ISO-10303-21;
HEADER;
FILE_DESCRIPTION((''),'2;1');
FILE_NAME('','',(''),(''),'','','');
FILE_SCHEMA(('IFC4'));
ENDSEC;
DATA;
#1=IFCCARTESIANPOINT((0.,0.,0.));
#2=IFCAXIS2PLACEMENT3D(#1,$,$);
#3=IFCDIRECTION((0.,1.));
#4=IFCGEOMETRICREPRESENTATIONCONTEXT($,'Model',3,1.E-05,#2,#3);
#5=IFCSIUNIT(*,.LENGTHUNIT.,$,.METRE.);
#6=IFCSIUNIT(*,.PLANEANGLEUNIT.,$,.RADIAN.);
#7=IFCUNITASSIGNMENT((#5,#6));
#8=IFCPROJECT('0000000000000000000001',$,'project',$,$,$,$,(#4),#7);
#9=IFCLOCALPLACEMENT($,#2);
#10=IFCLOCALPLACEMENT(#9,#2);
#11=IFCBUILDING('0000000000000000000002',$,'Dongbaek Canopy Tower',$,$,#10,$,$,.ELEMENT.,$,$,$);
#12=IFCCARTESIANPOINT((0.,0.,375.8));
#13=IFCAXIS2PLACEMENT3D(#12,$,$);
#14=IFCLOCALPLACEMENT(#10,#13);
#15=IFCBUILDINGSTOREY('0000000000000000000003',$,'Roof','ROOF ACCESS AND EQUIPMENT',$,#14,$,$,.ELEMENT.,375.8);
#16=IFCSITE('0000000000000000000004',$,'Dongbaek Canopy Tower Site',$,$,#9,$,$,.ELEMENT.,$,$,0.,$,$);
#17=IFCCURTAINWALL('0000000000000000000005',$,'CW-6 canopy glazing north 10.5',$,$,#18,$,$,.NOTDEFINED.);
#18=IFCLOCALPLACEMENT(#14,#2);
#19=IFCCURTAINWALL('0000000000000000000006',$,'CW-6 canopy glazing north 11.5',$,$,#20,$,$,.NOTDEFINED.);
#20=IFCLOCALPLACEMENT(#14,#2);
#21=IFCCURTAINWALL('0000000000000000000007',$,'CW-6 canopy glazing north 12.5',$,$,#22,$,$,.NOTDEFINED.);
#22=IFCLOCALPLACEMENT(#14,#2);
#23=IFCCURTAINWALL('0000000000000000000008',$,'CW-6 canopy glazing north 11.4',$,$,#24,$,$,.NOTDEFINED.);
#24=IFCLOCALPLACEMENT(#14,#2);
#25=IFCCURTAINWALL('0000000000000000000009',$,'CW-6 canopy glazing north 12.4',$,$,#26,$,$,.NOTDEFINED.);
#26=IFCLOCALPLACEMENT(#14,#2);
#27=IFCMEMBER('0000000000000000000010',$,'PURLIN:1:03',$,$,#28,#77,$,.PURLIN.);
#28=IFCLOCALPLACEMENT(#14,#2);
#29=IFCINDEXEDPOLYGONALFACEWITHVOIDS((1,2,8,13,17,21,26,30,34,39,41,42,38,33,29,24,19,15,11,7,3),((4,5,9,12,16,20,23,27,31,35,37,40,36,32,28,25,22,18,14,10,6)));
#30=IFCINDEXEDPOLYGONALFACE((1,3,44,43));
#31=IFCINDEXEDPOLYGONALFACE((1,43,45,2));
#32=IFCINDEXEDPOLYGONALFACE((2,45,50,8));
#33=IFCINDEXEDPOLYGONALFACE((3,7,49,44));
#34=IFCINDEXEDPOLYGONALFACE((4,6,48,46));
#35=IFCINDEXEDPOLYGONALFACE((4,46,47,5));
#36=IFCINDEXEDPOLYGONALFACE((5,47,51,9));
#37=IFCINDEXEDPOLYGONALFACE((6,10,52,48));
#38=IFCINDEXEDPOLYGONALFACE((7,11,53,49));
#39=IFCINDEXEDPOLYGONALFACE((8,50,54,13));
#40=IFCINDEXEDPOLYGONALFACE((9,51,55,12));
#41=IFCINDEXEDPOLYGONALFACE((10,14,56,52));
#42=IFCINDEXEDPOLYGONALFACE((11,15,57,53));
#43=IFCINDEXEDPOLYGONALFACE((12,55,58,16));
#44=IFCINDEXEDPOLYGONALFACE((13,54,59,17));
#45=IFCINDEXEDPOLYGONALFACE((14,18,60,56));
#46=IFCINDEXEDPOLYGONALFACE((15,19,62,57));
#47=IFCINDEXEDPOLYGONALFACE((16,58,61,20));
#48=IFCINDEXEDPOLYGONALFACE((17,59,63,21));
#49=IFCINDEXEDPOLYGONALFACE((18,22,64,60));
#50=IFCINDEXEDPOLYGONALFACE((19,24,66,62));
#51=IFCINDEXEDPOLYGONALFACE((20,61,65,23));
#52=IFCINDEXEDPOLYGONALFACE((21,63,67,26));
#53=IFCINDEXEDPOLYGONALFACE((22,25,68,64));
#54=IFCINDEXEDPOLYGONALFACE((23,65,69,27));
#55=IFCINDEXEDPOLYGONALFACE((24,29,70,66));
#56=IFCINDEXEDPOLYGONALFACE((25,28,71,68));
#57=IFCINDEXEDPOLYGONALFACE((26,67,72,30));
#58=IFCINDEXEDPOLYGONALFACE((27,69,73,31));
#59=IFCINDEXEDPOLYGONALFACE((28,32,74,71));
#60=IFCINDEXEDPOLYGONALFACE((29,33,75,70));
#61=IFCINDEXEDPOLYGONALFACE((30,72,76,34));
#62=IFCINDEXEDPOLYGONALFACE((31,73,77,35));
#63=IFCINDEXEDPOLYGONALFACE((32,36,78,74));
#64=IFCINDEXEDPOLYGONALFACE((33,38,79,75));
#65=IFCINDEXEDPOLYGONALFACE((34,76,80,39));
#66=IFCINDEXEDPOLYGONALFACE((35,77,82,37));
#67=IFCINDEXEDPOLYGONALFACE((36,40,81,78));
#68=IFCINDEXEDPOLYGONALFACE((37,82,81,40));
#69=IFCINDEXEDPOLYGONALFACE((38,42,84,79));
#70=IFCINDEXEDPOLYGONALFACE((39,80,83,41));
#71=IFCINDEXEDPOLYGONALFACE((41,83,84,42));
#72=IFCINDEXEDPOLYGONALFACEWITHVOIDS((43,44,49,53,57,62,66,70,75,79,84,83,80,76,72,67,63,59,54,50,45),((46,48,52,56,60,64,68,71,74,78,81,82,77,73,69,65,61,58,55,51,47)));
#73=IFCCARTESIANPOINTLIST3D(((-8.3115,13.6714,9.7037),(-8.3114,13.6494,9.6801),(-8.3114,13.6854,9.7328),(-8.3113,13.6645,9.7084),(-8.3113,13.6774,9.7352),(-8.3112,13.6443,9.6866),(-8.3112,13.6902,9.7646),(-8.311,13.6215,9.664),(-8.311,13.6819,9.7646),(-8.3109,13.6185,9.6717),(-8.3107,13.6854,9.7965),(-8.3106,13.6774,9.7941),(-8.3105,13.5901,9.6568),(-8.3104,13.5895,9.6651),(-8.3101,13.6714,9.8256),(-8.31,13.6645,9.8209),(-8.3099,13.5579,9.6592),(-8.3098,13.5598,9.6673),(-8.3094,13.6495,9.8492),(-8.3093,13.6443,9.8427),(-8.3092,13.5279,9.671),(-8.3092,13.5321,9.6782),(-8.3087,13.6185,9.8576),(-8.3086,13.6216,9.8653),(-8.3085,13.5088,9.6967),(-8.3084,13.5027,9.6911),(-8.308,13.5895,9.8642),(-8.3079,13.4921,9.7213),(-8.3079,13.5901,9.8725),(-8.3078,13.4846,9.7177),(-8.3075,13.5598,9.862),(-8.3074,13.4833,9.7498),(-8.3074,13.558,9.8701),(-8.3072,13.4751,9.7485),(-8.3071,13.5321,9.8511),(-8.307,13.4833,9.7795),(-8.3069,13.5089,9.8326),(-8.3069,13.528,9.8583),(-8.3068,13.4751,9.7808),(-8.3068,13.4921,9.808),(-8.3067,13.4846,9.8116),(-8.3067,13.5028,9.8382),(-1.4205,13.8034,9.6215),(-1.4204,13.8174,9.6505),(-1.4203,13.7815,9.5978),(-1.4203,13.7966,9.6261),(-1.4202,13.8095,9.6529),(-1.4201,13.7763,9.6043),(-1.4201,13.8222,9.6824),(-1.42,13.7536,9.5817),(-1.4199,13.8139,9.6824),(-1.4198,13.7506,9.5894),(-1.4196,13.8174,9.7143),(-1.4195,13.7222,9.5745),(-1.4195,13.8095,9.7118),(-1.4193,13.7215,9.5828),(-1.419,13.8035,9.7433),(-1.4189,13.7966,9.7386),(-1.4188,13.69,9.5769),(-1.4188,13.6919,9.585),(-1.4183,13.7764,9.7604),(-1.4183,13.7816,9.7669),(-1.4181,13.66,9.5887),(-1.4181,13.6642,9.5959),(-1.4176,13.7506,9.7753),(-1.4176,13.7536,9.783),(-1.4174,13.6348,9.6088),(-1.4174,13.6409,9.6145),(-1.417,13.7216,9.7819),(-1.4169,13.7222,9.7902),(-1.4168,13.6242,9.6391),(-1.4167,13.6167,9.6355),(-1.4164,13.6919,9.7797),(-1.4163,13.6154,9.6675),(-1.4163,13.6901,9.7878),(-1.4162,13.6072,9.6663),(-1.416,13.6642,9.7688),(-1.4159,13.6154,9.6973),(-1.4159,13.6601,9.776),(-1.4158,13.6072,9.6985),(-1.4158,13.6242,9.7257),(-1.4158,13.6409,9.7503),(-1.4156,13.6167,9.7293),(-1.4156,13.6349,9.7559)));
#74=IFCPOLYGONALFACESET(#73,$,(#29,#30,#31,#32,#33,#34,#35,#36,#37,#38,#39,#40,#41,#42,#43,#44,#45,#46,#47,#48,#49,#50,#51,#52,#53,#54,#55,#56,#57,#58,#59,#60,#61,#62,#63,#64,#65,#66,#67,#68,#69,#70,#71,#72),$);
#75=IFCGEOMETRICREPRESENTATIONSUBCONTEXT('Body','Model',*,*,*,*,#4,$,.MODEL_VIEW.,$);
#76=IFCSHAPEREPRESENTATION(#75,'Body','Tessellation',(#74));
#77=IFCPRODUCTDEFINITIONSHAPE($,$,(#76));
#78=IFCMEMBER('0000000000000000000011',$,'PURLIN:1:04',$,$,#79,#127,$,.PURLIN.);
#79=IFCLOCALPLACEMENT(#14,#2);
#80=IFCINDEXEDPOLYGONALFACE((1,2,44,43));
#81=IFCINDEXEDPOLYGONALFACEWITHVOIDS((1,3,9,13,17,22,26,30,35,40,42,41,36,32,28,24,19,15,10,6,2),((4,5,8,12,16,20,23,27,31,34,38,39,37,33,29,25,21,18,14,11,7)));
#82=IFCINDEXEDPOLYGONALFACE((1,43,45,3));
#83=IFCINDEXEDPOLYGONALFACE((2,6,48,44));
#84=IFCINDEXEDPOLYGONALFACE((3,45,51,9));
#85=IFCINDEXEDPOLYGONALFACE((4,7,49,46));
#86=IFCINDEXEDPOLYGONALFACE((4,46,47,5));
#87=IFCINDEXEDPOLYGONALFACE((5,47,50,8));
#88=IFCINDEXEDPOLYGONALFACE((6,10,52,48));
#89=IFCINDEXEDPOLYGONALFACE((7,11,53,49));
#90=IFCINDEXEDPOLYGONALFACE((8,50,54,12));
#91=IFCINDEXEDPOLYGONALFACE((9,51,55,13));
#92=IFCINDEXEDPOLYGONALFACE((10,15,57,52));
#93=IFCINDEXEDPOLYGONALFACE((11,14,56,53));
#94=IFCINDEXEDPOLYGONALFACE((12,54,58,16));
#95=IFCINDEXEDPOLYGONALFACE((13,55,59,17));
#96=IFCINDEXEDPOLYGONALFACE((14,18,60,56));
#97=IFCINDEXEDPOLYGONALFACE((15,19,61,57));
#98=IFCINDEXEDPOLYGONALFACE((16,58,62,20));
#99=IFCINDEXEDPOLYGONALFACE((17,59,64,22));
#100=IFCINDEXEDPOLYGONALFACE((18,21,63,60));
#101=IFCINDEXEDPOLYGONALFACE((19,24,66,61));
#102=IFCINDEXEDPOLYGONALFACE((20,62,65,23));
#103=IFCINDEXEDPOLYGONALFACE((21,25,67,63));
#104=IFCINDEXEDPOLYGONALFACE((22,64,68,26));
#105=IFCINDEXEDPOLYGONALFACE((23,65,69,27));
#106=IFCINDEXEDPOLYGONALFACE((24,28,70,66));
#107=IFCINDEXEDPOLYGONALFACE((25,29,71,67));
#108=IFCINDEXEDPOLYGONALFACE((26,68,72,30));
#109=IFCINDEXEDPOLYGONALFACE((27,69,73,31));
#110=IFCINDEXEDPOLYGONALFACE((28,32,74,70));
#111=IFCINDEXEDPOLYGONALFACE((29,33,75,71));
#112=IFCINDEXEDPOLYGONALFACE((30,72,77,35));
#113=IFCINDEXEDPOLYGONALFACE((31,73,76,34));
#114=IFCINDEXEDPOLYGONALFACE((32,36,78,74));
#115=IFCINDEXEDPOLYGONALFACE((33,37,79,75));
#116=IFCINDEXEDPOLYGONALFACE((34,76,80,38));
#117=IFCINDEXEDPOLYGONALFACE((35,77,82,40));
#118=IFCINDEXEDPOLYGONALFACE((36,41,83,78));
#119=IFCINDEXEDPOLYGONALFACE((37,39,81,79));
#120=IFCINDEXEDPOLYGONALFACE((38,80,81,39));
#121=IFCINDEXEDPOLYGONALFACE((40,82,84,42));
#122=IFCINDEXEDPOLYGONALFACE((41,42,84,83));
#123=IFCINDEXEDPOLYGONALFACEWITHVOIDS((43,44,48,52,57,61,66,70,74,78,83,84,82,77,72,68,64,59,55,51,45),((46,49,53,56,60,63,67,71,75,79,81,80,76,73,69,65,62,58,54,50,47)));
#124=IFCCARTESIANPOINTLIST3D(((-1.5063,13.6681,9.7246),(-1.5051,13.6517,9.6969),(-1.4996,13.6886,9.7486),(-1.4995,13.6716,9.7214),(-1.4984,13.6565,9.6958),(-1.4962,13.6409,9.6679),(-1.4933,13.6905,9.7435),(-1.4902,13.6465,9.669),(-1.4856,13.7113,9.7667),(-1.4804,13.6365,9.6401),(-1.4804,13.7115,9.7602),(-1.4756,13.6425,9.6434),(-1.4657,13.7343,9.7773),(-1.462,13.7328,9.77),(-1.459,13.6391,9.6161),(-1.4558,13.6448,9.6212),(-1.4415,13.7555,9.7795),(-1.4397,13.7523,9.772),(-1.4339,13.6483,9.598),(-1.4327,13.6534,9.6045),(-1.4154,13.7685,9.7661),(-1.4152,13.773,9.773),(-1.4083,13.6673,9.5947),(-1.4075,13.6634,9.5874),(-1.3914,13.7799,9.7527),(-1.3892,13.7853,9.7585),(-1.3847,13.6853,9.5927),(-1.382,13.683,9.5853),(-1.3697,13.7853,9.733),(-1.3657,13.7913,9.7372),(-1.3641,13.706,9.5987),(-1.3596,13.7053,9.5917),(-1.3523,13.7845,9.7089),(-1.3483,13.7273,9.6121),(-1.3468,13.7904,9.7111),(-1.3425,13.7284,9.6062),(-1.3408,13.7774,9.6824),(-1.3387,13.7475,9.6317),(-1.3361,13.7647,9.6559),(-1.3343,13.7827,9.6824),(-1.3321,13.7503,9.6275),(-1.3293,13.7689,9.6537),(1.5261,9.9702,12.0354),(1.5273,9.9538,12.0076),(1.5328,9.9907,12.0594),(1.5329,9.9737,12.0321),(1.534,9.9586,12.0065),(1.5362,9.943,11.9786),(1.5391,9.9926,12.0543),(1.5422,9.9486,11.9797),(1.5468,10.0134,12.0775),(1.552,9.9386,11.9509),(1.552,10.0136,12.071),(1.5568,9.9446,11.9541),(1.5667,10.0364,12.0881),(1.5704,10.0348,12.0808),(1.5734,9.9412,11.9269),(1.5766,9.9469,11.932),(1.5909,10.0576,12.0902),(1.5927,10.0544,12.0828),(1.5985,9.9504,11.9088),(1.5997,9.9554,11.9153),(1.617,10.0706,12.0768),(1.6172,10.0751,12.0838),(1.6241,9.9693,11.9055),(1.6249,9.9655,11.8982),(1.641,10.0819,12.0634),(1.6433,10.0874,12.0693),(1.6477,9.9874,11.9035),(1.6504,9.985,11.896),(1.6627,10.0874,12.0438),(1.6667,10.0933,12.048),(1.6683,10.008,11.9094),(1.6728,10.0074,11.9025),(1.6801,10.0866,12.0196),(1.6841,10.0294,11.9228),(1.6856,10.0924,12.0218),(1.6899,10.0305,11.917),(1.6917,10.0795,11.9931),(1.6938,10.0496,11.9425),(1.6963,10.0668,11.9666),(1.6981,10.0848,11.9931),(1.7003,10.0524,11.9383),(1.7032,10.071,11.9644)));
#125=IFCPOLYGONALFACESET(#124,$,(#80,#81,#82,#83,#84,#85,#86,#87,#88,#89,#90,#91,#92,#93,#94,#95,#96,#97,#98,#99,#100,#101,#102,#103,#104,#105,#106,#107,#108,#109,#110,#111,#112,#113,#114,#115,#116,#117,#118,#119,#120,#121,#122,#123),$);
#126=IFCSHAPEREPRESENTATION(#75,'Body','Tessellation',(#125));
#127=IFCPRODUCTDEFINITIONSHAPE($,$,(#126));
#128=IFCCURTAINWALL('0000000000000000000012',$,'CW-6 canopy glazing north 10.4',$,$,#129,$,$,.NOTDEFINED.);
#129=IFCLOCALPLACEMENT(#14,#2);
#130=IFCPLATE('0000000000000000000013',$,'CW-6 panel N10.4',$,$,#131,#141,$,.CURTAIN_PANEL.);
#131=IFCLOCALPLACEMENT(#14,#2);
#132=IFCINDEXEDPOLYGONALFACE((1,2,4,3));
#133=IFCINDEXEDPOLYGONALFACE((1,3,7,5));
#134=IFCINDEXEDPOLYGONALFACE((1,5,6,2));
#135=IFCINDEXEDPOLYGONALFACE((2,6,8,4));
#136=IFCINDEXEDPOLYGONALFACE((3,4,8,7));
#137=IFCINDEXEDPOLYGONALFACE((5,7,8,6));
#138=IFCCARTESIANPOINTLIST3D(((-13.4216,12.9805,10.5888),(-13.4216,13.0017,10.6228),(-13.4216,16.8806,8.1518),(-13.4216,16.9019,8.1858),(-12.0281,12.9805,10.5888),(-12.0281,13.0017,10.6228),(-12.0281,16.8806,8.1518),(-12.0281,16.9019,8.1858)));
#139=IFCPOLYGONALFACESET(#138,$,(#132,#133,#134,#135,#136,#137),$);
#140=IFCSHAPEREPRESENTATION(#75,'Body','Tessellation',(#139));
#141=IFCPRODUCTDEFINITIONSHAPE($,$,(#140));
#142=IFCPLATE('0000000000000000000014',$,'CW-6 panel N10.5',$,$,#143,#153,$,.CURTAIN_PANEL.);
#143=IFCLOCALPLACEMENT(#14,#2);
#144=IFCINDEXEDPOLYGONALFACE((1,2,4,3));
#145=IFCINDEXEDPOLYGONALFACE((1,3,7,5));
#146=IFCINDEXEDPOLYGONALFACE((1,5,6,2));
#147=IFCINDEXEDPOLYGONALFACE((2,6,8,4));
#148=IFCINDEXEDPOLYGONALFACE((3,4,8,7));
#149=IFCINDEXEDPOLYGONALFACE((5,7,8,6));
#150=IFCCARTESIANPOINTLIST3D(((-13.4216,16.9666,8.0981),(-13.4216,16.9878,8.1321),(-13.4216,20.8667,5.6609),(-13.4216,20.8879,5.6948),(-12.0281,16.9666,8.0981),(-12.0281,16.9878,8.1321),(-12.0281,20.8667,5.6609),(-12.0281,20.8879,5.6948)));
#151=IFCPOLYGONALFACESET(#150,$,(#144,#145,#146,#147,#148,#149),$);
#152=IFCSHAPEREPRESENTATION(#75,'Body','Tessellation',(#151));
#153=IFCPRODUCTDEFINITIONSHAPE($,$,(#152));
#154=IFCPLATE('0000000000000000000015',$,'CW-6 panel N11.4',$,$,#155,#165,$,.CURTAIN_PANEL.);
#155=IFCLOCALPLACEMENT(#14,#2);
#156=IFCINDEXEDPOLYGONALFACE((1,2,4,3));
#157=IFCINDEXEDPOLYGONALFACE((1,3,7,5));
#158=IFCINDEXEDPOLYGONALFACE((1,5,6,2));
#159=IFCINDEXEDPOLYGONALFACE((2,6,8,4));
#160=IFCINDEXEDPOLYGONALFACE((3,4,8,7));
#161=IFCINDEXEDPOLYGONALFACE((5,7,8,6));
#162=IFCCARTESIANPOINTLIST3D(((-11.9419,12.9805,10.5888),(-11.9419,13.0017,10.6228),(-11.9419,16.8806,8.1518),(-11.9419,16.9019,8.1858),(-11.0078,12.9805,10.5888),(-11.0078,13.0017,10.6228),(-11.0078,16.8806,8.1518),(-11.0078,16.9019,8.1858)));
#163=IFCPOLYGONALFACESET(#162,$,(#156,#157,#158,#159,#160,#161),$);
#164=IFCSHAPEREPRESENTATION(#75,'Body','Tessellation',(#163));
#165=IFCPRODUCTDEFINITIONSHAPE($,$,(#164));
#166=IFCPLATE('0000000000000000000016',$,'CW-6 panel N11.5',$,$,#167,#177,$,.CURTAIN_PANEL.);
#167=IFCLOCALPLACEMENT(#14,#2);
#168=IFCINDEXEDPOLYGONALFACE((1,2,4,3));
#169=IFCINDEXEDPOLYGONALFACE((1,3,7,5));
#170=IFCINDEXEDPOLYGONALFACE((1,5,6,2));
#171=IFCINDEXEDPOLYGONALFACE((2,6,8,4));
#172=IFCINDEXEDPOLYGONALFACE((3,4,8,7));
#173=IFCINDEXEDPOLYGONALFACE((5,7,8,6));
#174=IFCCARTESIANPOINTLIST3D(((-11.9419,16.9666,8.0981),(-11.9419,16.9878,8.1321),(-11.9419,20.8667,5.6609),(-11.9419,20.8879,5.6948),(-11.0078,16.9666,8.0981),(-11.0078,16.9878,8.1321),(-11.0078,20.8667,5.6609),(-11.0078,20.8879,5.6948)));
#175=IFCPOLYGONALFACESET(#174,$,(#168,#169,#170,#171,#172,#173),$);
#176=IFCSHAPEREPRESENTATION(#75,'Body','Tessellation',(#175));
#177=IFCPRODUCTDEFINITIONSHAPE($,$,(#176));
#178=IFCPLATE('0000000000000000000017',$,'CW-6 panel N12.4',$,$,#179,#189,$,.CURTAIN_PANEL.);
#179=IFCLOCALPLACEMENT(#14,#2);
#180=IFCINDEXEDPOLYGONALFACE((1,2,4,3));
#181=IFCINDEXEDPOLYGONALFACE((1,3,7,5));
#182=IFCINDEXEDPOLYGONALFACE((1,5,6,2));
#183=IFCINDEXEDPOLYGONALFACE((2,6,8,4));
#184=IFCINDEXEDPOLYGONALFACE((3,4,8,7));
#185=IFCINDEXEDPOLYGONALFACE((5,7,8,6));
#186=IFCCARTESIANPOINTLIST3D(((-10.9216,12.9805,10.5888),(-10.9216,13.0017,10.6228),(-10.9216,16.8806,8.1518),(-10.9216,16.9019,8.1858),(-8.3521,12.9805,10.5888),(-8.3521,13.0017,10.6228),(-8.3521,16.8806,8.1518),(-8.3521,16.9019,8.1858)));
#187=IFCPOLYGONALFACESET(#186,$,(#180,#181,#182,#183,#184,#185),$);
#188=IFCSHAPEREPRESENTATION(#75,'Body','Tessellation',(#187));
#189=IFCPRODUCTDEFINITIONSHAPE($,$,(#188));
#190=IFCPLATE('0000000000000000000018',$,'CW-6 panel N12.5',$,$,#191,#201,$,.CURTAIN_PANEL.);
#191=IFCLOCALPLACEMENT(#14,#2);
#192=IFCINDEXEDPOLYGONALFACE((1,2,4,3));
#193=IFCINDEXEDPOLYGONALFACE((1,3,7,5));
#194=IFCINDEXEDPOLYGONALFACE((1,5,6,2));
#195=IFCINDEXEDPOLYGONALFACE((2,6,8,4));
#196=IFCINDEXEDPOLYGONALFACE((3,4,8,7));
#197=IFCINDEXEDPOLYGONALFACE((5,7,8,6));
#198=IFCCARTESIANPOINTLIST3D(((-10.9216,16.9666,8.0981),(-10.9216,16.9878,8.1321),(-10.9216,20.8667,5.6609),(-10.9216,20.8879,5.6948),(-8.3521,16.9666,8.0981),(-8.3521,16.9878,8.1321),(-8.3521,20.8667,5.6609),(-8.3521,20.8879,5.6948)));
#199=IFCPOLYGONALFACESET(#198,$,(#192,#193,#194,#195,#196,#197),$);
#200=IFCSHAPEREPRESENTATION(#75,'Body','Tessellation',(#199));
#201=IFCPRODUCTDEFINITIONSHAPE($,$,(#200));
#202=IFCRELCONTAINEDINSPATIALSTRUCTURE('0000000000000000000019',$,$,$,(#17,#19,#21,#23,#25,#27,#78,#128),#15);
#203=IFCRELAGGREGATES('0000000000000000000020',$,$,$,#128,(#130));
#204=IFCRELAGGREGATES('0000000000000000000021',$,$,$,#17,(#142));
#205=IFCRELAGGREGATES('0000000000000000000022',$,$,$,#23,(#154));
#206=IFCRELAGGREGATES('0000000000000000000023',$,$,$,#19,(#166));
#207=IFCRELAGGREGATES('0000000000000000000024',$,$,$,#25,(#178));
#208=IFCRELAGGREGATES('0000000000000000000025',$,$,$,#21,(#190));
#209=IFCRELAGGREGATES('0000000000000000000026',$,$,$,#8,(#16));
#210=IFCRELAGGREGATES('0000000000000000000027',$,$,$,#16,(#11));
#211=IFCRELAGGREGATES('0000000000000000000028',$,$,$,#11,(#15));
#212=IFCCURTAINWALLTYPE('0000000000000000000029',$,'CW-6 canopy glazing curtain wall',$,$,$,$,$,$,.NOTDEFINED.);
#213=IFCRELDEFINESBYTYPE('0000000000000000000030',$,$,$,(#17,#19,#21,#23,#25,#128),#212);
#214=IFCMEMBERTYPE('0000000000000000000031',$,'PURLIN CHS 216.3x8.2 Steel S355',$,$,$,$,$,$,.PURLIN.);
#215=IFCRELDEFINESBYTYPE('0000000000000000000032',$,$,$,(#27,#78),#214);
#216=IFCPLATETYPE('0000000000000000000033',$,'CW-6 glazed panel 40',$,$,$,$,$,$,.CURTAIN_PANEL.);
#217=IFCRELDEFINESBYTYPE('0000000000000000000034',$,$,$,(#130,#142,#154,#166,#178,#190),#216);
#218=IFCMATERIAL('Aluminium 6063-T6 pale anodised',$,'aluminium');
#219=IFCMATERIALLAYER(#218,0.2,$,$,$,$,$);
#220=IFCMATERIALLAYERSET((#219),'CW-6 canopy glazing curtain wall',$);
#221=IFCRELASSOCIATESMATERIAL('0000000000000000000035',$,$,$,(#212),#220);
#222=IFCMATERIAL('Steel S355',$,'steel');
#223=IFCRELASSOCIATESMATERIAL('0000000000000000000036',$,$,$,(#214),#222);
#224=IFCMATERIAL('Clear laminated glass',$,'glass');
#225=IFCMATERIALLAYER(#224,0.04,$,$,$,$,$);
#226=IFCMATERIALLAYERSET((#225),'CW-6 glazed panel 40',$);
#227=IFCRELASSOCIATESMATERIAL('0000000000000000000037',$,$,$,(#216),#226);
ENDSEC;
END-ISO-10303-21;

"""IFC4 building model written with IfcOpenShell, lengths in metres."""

from ifc_helpers import new_model, si_unit, direction, frame, origin, origin_2d, place, context, subcontext, project, spatial, polyline, hollow_circle, outline, extrude, material, layer, layer_set, material_profile, profile_set, type_object, element, aggregate, save


model = new_model("IFC4")

# Units and contexts
model_context = context("Model", 3, precision=1e-05, world=origin(), true_north=direction((0.0, 1.0)))
body_context = subcontext(model_context, "Body", "Model", "MODEL_VIEW")
ifc_project = project(units=[si_unit("LENGTHUNIT", "METRE"), si_unit("PLANEANGLEUNIT", "RADIAN")], contexts=[model_context])

# Site, building, storey
site_placement = place(None, origin())
site = spatial("IfcSite", under=ifc_project, at=site_placement, Name="Dongbaek Canopy Tower Site", CompositionType="ELEMENT", RefElevation=0.0)
building_placement = place(site_placement, origin())
building = spatial("IfcBuilding", under=site, at=building_placement, Name="Dongbaek Canopy Tower", CompositionType="ELEMENT")
storey_placement = place(building_placement, frame((0.0, 0.0, 375.8)))
storey = spatial("IfcBuildingStorey", under=building, at=storey_placement, Name="Roof", Description="ROOF ACCESS AND EQUIPMENT", CompositionType="ELEMENT", Elevation=375.8)

# Curtain walls
ifc_material_1 = material(Name="Aluminium 6063-T6 pale anodised", Category="aluminium")
ifc_layer_1 = layer(ifc_material_1, 0.2)
ifc_layer_set_1 = layer_set([ifc_layer_1], Name="CW-6 canopy glazing curtain wall")
curtain_wall_type = type_object("IfcCurtainWallType", Name="CW-6 canopy glazing curtain wall", PredefinedType="NOTDEFINED", material=ifc_layer_set_1)
curtain_wall_1_placement = place(storey_placement, origin())
curtain_wall_1 = element("IfcCurtainWall", 1, at=curtain_wall_1_placement, inside=storey, type_object=curtain_wall_type, Name="CW-6 canopy glazing north 10.5", PredefinedType="NOTDEFINED")
curtain_wall_2_placement = place(storey_placement, origin())
curtain_wall_2 = element("IfcCurtainWall", 2, at=curtain_wall_2_placement, inside=storey, type_object=curtain_wall_type, Name="CW-6 canopy glazing north 11.5", PredefinedType="NOTDEFINED")
curtain_wall_3_placement = place(storey_placement, origin())
curtain_wall_3 = element("IfcCurtainWall", 3, at=curtain_wall_3_placement, inside=storey, type_object=curtain_wall_type, Name="CW-6 canopy glazing north 12.5", PredefinedType="NOTDEFINED")
curtain_wall_4_placement = place(storey_placement, origin())
curtain_wall_4 = element("IfcCurtainWall", 4, at=curtain_wall_4_placement, inside=storey, type_object=curtain_wall_type, Name="CW-6 canopy glazing north 11.4", PredefinedType="NOTDEFINED")
curtain_wall_5_placement = place(storey_placement, origin())
curtain_wall_5 = element("IfcCurtainWall", 5, at=curtain_wall_5_placement, inside=storey, type_object=curtain_wall_type, Name="CW-6 canopy glazing north 12.4", PredefinedType="NOTDEFINED")

# Members
ifc_material_2 = material(Name="Steel S355", Category="steel")
ifc_material_profile_1 = material_profile(ifc_material_2, hollow_circle(Radius=0.1082, WallThickness=0.0083, at=origin_2d()), Name="PURLIN CHS 216.3x8.2 Steel S355")
ifc_profile_set_1 = profile_set([ifc_material_profile_1], Name="Steel S355")
member_type_1 = type_object("IfcMemberType", Name="PURLIN CHS 216.3x8.2 Steel S355", PredefinedType="PURLIN", material=ifc_profile_set_1)
member_1_placement = place(storey_placement, frame((-8.3091, 13.582, 9.7646), z_axis=(0.999745, 0.019162, -0.011936), x_axis=(-0.019163, 0.999816, 0.0)))
element("IfcMember", 6, at=member_1_placement, inside=storey, type_object=member_type_1, Name="PURLIN:1:03", PredefinedType="PURLIN", context=body_context, shape_type="SweptSolid", body=[
    extrude(hollow_circle(Radius=0.1082, WallThickness=0.0083, at=origin_2d()), origin(), (0.0, 0.0, 1.0), 6.8928),
])
member_2_placement = place(storey_placement, frame((-1.418, 13.7141, 9.6824), z_axis=(0.570938, -0.69624, 0.435064), x_axis=(0.773256, 0.634094, 0.0)))
element("IfcMember", 7, at=member_2_placement, inside=storey, type_object=member_type_1, Name="PURLIN:1:04", PredefinedType="PURLIN", context=body_context, shape_type="SweptSolid", body=[
    extrude(hollow_circle(Radius=0.1082, WallThickness=0.0083, at=origin_2d()), origin(), (0.0, 0.0, 1.0), 5.3113),
])

# Curtain wall, plate
curtain_wall_6_placement = place(storey_placement, origin())
curtain_wall_6 = element("IfcCurtainWall", 8, at=curtain_wall_6_placement, inside=storey, type_object=curtain_wall_type, Name="CW-6 canopy glazing north 10.4", PredefinedType="NOTDEFINED")
ifc_material_3 = material(Name="Clear laminated glass", Category="glass")
ifc_layer_2 = layer(ifc_material_3, 0.04)
ifc_layer_set_2 = layer_set([ifc_layer_2], Name="CW-6 glazed panel 40")
plate_type = type_object("IfcPlateType", Name="CW-6 glazed panel 40", PredefinedType="CURTAIN_PANEL", material=ifc_layer_set_2)
plate_1_placement = place(storey_placement, frame((-12.0281, 13.0017, 10.6228), z_axis=(0.0, 0.529908, 0.848055), x_axis=(-1.0, 0.0, 0.0)))
plate_1 = element("IfcPlate", 9, at=plate_1_placement, type_object=plate_type, Name="CW-6 panel N10.4", PredefinedType="CURTAIN_PANEL", context=body_context, shape_type="SweptSolid", body=[
    extrude(outline(polyline([(0.0, 0.0), (1.3936, 0.0), (1.3936, -4.5989), (0.0, -4.5989), (0.0, 0.0)])), origin(), (0.0, 0.0, -1.0), 0.04),
])
aggregate(curtain_wall_6, [plate_1])

# Plates
plate_2_placement = place(storey_placement, frame((-12.0281, 16.9878, 8.1321), z_axis=(0.0, 0.529946, 0.848031), x_axis=(-1.0, 0.0, 0.0)))
plate_2 = element("IfcPlate", 10, at=plate_2_placement, type_object=plate_type, Name="CW-6 panel N10.5", PredefinedType="CURTAIN_PANEL", context=body_context, shape_type="SweptSolid", body=[
    extrude(outline(polyline([(0.0, 0.0), (1.3936, 0.0), (1.3936, -4.5991), (0.0, -4.5991), (0.0, 0.0)])), origin(), (0.0, 0.0, -1.0), 0.04),
])
aggregate(curtain_wall_1, [plate_2])
plate_3_placement = place(storey_placement, frame((-11.0078, 13.0017, 10.6228), z_axis=(0.0, 0.529908, 0.848055), x_axis=(-1.0, 0.0, 0.0)))
plate_3 = element("IfcPlate", 11, at=plate_3_placement, type_object=plate_type, Name="CW-6 panel N11.4", PredefinedType="CURTAIN_PANEL", context=body_context, shape_type="SweptSolid", body=[
    extrude(outline(polyline([(0.0, 0.0), (0.9341, 0.0), (0.9341, -4.5989), (0.0, -4.5989), (0.0, 0.0)])), origin(), (0.0, 0.0, -1.0), 0.04),
])
aggregate(curtain_wall_4, [plate_3])
plate_4_placement = place(storey_placement, frame((-11.0078, 16.9878, 8.1321), z_axis=(0.0, 0.529946, 0.848031), x_axis=(-1.0, 0.0, 0.0)))
plate_4 = element("IfcPlate", 12, at=plate_4_placement, type_object=plate_type, Name="CW-6 panel N11.5", PredefinedType="CURTAIN_PANEL", context=body_context, shape_type="SweptSolid", body=[
    extrude(outline(polyline([(0.0, 0.0), (0.9341, 0.0), (0.9341, -4.5991), (0.0, -4.5991), (0.0, 0.0)])), origin(), (0.0, 0.0, -1.0), 0.04),
])
aggregate(curtain_wall_2, [plate_4])
plate_5_placement = place(storey_placement, frame((-8.3521, 13.0017, 10.6228), z_axis=(0.0, 0.529908, 0.848055), x_axis=(-1.0, 0.0, 0.0)))
plate_5 = element("IfcPlate", 13, at=plate_5_placement, type_object=plate_type, Name="CW-6 panel N12.4", PredefinedType="CURTAIN_PANEL", context=body_context, shape_type="SweptSolid", body=[
    extrude(outline(polyline([(0.0, 0.0), (2.5696, 0.0), (2.5696, -4.5989), (0.0, -4.5989), (0.0, 0.0)])), origin(), (0.0, 0.0, -1.0), 0.04),
])
aggregate(curtain_wall_5, [plate_5])
plate_6_placement = place(storey_placement, frame((-8.3521, 16.9878, 8.1321), z_axis=(0.0, 0.529946, 0.848031), x_axis=(-1.0, 0.0, 0.0)))
plate_6 = element("IfcPlate", 14, at=plate_6_placement, type_object=plate_type, Name="CW-6 panel N12.5", PredefinedType="CURTAIN_PANEL", context=body_context, shape_type="SweptSolid", body=[
    extrude(outline(polyline([(0.0, 0.0), (2.5696, 0.0), (2.5696, -4.5991), (0.0, -4.5991), (0.0, 0.0)])), origin(), (0.0, 0.0, -1.0), 0.04),
])
aggregate(curtain_wall_3, [plate_6])

save(model, "model.ifc")
